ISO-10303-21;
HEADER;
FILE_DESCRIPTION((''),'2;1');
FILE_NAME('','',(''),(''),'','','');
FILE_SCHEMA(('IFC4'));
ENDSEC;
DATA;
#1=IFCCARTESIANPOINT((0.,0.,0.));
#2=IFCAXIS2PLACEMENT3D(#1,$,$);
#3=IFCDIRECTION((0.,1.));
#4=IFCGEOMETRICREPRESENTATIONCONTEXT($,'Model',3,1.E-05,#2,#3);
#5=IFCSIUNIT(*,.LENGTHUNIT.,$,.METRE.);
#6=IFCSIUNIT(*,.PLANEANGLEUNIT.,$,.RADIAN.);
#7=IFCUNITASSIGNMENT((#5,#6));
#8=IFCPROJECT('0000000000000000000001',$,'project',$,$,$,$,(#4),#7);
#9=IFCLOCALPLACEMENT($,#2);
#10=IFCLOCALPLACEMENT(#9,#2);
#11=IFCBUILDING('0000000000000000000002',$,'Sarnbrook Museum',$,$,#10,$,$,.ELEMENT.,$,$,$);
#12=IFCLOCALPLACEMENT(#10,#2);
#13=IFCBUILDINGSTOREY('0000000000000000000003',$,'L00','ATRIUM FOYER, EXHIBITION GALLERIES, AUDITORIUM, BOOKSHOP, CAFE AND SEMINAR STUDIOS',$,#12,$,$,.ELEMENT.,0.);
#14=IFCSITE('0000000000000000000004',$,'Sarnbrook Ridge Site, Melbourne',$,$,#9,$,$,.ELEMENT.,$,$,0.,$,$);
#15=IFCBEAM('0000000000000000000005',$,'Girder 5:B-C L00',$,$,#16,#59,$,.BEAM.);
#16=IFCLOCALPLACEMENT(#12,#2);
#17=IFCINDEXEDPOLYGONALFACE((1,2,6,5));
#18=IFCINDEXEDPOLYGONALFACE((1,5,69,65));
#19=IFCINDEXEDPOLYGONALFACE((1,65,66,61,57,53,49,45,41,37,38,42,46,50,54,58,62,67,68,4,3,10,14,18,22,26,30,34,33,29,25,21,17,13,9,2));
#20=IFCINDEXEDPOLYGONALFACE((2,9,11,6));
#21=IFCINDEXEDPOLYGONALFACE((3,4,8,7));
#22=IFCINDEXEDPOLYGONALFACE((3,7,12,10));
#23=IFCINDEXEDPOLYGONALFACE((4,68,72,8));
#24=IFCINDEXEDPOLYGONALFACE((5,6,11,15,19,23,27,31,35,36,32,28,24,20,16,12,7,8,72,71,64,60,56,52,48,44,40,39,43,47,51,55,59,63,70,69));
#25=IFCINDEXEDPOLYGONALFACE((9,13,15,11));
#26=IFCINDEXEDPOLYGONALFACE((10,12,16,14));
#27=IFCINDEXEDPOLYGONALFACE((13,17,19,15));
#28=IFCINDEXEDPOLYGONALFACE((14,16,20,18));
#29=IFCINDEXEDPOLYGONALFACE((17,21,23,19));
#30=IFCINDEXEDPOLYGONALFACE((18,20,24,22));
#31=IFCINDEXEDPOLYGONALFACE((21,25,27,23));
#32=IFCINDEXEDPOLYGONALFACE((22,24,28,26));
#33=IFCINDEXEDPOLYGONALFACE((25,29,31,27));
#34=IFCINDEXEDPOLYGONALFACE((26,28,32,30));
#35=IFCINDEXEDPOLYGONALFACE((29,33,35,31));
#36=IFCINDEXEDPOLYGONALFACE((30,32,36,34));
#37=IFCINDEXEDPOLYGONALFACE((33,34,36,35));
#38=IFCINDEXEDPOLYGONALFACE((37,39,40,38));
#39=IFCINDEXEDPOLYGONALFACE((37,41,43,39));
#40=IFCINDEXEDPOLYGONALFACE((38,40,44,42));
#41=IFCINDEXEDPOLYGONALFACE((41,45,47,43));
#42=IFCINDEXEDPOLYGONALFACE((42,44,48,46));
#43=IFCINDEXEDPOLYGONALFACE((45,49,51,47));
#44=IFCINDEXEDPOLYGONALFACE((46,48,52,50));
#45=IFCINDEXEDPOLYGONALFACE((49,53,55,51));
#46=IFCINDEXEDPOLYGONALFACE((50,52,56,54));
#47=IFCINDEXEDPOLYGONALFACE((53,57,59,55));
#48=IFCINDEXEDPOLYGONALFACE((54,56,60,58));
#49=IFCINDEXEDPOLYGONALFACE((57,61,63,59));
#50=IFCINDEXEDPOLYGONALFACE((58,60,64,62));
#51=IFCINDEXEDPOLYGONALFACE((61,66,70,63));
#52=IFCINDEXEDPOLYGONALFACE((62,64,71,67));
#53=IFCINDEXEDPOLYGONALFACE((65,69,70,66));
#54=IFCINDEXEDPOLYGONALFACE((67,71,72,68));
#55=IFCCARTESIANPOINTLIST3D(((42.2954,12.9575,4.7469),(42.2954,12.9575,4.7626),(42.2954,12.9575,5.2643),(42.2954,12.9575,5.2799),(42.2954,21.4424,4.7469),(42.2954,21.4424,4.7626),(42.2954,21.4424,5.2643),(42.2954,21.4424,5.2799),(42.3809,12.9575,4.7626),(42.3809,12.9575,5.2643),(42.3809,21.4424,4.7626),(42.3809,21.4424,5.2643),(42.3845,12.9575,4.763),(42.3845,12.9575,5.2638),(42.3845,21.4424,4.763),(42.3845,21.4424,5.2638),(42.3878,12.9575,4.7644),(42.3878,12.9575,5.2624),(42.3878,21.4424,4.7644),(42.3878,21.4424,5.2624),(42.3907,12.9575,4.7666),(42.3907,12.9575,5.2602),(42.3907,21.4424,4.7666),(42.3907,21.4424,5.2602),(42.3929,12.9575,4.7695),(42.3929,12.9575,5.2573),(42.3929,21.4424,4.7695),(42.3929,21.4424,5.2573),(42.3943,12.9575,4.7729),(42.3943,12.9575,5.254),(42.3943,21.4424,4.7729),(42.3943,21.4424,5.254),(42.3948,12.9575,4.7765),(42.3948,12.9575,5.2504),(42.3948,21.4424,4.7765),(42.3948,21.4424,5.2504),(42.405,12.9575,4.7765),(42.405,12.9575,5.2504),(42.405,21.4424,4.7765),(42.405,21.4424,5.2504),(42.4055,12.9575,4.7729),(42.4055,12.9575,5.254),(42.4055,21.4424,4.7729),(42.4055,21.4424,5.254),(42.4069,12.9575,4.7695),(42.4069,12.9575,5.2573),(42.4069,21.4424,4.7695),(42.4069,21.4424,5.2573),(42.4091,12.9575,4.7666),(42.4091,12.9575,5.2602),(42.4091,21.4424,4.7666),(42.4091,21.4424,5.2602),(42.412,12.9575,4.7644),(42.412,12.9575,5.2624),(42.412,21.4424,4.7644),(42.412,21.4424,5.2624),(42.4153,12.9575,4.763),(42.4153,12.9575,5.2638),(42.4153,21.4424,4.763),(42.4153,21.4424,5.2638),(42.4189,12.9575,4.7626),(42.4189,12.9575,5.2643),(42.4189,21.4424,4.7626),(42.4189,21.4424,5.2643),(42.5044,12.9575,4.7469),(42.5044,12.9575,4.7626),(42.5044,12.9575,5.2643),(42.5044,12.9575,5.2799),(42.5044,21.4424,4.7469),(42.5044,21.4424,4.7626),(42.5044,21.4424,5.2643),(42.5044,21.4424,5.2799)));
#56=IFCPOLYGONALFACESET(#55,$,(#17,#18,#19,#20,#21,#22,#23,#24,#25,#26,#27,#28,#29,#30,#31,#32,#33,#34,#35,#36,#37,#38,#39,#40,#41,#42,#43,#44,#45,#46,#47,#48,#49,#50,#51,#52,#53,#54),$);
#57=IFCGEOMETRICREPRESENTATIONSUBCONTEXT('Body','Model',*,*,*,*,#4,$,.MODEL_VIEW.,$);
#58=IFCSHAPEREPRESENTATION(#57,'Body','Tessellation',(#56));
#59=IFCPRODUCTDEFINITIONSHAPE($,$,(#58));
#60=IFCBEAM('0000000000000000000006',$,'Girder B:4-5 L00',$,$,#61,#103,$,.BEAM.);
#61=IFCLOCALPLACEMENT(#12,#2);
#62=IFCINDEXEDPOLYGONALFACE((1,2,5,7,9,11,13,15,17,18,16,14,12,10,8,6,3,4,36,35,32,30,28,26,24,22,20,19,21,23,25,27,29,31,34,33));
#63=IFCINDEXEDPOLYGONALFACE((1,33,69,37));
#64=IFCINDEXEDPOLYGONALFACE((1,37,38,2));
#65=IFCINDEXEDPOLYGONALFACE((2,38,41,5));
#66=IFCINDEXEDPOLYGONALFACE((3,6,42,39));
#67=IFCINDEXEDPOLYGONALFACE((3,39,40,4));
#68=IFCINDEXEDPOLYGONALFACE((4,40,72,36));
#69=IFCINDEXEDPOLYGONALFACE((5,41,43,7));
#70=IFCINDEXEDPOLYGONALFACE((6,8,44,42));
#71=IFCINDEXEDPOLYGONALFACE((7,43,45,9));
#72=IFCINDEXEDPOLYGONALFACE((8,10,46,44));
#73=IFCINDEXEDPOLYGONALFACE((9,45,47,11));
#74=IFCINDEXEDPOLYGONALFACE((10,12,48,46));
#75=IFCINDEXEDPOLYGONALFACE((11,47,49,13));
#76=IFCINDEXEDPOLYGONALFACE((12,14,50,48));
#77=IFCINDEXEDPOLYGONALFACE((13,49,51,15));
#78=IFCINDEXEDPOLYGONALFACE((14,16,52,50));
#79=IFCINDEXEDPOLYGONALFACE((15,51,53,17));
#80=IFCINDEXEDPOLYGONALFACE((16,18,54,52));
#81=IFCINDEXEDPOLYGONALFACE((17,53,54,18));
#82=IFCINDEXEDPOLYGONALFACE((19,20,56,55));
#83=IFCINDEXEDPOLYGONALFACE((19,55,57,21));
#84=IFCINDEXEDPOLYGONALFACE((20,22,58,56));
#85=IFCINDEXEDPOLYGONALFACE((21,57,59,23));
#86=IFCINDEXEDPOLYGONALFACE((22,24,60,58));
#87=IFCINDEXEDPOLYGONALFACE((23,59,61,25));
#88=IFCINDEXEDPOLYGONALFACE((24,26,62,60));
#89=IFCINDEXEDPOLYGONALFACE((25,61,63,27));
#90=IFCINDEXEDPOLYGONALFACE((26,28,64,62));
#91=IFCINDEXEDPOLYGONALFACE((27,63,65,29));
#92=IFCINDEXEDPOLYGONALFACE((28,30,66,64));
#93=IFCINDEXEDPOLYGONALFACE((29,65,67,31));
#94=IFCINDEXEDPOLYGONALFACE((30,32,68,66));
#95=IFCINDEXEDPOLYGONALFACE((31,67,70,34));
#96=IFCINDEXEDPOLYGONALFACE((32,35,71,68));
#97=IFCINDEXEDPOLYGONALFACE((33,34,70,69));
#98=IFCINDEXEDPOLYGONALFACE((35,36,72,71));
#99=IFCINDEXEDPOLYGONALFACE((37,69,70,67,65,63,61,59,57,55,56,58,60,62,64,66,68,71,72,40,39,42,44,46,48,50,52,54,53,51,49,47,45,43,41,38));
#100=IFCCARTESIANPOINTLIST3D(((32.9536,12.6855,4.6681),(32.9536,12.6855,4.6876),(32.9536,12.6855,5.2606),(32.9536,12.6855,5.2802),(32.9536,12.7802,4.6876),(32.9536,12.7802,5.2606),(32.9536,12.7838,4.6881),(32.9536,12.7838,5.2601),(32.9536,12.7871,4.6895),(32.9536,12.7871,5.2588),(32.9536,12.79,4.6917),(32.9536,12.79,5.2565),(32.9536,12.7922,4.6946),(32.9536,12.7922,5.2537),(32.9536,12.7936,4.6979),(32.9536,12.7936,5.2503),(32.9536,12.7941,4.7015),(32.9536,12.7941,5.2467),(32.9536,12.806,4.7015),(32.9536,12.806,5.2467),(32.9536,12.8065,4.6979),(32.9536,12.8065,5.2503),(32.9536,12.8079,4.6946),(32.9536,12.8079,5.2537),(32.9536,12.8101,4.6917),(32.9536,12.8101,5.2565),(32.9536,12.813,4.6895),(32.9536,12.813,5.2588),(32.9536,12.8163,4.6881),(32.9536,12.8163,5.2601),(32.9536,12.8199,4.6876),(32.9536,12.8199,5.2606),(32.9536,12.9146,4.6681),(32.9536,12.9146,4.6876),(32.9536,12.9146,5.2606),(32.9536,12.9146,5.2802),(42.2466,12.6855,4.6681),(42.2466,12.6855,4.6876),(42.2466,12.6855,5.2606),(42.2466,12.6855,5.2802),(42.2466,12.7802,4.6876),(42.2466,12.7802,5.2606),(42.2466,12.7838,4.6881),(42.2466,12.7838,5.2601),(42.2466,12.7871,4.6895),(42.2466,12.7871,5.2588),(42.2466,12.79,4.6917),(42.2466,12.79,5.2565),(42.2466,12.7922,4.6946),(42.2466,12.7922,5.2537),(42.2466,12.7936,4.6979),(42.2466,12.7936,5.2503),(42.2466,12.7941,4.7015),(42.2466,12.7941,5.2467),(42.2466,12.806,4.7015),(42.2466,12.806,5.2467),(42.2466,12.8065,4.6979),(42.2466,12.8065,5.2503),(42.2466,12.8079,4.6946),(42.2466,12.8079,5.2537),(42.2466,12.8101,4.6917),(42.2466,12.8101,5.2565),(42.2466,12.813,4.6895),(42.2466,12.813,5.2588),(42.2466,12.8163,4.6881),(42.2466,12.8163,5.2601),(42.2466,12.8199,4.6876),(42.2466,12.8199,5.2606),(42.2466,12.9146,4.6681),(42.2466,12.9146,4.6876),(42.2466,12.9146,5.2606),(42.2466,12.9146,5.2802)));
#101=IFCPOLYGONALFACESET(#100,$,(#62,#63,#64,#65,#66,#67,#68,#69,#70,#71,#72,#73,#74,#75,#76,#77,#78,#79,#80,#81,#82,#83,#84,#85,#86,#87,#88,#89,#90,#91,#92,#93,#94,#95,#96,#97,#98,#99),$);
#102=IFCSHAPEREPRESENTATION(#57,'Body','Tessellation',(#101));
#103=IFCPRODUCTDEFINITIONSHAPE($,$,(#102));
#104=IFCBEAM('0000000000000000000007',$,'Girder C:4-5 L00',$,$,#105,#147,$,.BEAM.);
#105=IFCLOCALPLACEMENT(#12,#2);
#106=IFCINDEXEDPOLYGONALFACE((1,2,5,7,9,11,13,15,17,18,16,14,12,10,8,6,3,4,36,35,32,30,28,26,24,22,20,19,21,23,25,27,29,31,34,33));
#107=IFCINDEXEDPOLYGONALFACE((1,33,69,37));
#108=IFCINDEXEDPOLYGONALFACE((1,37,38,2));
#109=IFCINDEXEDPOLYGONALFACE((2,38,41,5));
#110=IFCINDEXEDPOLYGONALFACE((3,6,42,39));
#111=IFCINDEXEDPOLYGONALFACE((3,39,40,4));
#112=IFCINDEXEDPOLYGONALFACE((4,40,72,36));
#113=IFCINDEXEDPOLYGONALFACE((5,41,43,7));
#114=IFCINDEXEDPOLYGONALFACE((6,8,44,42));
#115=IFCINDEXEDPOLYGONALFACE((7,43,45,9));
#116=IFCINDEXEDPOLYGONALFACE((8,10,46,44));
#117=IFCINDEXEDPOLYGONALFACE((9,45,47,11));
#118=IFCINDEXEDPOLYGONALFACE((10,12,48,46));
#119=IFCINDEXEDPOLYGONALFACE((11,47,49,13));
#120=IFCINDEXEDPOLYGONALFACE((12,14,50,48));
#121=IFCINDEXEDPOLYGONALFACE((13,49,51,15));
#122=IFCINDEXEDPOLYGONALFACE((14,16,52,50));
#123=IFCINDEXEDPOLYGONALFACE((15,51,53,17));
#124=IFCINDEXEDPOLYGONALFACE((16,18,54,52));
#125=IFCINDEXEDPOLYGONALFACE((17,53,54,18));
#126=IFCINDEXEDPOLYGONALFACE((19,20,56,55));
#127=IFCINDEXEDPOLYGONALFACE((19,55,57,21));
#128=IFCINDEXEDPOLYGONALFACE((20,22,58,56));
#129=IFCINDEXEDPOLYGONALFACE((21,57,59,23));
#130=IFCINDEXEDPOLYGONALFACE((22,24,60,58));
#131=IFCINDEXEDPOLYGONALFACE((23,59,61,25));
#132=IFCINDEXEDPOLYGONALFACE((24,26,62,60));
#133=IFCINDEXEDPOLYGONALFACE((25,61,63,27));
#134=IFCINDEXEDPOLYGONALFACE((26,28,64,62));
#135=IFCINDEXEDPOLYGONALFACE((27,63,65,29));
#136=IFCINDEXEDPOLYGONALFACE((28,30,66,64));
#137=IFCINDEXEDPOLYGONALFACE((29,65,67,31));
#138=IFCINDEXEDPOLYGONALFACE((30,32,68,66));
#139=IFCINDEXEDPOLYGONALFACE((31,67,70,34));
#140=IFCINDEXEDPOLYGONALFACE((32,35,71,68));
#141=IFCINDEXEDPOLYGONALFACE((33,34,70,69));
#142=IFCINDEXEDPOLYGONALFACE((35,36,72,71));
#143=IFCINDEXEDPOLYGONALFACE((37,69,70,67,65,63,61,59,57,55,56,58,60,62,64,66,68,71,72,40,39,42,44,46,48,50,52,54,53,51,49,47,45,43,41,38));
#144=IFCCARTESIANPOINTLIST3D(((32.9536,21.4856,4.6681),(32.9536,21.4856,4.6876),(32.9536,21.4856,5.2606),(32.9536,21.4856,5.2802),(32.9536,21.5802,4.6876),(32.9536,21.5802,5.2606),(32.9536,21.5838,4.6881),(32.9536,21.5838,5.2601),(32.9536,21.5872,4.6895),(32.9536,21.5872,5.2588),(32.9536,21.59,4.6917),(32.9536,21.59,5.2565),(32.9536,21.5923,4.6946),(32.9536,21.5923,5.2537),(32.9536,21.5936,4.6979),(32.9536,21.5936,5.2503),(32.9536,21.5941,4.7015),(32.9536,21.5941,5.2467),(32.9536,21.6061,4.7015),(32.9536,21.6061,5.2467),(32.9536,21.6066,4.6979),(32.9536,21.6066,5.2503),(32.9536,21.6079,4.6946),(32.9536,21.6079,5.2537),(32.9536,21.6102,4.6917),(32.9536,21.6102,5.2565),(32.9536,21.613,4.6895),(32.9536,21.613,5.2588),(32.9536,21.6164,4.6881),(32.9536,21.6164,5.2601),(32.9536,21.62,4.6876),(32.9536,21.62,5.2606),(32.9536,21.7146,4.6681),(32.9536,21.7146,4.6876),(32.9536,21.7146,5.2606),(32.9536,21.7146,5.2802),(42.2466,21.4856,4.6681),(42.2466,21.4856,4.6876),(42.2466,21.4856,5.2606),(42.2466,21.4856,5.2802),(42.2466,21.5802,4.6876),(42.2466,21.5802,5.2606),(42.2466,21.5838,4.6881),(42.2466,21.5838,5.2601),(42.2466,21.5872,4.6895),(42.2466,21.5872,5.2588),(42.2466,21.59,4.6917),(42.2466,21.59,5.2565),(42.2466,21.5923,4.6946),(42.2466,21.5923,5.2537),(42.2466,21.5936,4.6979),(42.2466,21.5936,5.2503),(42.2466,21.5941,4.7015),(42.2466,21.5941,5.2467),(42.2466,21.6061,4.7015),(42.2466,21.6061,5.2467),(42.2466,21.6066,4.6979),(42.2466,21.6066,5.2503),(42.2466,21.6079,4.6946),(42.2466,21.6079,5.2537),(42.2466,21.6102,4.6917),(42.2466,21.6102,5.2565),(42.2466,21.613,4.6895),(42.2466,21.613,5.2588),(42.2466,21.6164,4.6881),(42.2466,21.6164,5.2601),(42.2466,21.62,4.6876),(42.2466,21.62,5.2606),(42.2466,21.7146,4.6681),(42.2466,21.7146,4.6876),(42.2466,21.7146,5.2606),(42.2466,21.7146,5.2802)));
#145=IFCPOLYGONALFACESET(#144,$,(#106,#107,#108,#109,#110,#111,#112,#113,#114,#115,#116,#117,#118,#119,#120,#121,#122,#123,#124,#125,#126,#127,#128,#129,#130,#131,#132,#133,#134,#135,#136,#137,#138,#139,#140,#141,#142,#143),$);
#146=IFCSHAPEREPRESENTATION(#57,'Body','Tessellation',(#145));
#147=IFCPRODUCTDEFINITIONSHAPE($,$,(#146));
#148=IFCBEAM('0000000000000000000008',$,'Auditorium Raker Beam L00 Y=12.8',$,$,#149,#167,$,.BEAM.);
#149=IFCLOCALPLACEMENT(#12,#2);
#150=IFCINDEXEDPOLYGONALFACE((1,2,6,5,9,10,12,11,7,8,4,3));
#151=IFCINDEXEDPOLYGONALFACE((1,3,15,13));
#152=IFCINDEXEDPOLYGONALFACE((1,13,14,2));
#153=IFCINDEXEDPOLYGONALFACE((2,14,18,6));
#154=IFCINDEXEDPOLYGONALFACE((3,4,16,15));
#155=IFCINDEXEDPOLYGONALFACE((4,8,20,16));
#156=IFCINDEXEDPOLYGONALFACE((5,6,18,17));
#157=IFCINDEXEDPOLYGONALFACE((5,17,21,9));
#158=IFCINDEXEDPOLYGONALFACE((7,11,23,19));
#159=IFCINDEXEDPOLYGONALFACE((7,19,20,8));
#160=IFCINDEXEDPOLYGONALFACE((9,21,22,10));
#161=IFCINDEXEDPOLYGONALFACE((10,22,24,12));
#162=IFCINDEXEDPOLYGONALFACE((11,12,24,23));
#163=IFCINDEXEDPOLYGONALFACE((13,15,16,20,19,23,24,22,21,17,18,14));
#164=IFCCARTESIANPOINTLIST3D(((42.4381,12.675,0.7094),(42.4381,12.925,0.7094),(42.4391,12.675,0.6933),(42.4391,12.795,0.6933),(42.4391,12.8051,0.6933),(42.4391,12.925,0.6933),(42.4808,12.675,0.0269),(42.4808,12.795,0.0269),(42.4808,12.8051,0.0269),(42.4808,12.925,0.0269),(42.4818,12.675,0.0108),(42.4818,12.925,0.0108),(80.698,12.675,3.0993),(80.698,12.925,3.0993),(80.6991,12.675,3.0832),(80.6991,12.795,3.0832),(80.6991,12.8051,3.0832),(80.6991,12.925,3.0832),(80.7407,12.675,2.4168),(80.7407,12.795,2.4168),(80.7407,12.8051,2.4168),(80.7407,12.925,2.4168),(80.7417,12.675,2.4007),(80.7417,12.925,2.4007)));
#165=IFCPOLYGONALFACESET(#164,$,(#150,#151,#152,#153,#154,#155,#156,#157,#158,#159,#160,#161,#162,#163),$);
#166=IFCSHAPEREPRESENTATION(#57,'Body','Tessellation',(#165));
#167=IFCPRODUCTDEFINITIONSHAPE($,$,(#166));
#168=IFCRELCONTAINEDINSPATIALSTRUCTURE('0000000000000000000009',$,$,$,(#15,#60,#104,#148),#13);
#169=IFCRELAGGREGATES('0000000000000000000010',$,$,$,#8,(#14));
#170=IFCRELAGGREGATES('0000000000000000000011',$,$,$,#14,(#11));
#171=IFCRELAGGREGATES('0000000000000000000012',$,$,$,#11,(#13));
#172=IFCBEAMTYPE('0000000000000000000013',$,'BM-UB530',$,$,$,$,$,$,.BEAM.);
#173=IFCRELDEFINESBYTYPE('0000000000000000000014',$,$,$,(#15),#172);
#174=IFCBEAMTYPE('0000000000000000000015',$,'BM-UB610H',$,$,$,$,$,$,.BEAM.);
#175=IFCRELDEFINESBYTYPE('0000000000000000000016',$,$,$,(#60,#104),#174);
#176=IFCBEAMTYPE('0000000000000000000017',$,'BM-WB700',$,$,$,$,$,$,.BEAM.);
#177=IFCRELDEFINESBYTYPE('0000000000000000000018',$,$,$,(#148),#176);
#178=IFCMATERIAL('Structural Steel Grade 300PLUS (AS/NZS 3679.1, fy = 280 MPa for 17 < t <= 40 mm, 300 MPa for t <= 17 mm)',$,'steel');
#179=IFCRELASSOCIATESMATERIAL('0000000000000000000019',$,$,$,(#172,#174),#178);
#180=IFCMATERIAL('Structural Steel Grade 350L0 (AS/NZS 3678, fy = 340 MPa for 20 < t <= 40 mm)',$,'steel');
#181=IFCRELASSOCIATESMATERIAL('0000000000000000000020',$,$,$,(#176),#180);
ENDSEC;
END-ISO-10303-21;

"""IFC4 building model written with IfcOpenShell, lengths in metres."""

from ifc_helpers import new_model, si_unit, direction, frame, origin, origin_2d, place, context, subcontext, project, spatial, i_section, extrude, material, material_profile, profile_set, type_object, element, save


model = new_model("IFC4")

# Units and contexts
model_context = context("Model", 3, precision=1e-05, world=origin(), true_north=direction((0.0, 1.0)))
body_context = subcontext(model_context, "Body", "Model", "MODEL_VIEW")
ifc_project = project(units=[si_unit("LENGTHUNIT", "METRE"), si_unit("PLANEANGLEUNIT", "RADIAN")], contexts=[model_context])

# Site, building, storey
site_placement = place(None, origin())
site = spatial("IfcSite", under=ifc_project, at=site_placement, Name="Sarnbrook Ridge Site, Melbourne", CompositionType="ELEMENT", RefElevation=0.0)
building_placement = place(site_placement, origin())
building = spatial("IfcBuilding", under=site, at=building_placement, Name="Sarnbrook Museum", CompositionType="ELEMENT")
storey_placement = place(building_placement, origin())
storey = spatial("IfcBuildingStorey", under=building, at=storey_placement, Name="L00", Description="ATRIUM FOYER, EXHIBITION GALLERIES, AUDITORIUM, BOOKSHOP, CAFE AND SEMINAR STUDIOS", CompositionType="ELEMENT", Elevation=0.0)

# Shared definitions
ifc_material_1 = material(Name="Structural Steel Grade 300PLUS (AS/NZS 3679.1, fy = 280 MPa for 17 < t <= 40 mm, 300 MPa for t <= 17 mm)", Category="steel")

# Beams
ifc_material_profile_1 = material_profile(ifc_material_1, i_section(OverallWidth=0.209, OverallDepth=0.533, WebThickness=0.0103, FlangeThickness=0.0156, FilletRadius=0.0139, at=origin_2d()), Name="530UB92.4")
ifc_profile_set_1 = profile_set([ifc_material_profile_1], Name="Structural Steel Grade 300PLUS (AS/NZS 3679.1, fy = 280 MPa for 17 < t <= 40 mm, 300 MPa for t <= 17 mm)")
beam_type_1 = type_object("IfcBeamType", Name="BM-UB530", PredefinedType="BEAM", material=ifc_profile_set_1)
beam_1_placement = place(storey_placement, frame((42.3999, 12.9575, 5.0134), z_axis=(0.0, 1.0, 0.0), x_axis=(-1.0, 0.0, 0.0)))
element("IfcBeam", 1, at=beam_1_placement, inside=storey, type_object=beam_type_1, Name="Girder 5:B-C L00", PredefinedType="BEAM", context=body_context, shape_type="SweptSolid", body=[
    extrude(i_section(OverallWidth=0.209, OverallDepth=0.533, WebThickness=0.0103, FlangeThickness=0.0156, FilletRadius=0.0139, at=origin_2d()), origin(), (0.0, 0.0, 1.0), 8.4849),
])
ifc_material_profile_2 = material_profile(ifc_material_1, i_section(OverallWidth=0.229, OverallDepth=0.6121, WebThickness=0.012, FlangeThickness=0.0195, FilletRadius=0.0139, at=origin_2d()), Name="610UB125")
ifc_profile_set_2 = profile_set([ifc_material_profile_2], Name="Structural Steel Grade 300PLUS (AS/NZS 3679.1, fy = 280 MPa for 17 < t <= 40 mm, 300 MPa for t <= 17 mm)")
beam_type_2 = type_object("IfcBeamType", Name="BM-UB610H", PredefinedType="BEAM", material=ifc_profile_set_2)
for number, where, z_axis, x_axis, name in (
    (2, (32.9536, 12.8, 4.9741), (1.0, 0.0, 0.0), (0.0, 1.0, 0.0), "Girder B:4-5 L00"),
    (3, (32.9536, 21.6001, 4.9741), (1.0, 0.0, 0.0), (0.0, 1.0, 0.0), "Girder C:4-5 L00"),
):
    element("IfcBeam", number, at=place(storey_placement, frame(where, z_axis=z_axis, x_axis=x_axis)), inside=storey, type_object=beam_type_2, Name=name, PredefinedType="BEAM", context=body_context, shape_type="SweptSolid", body=[
        extrude(i_section(OverallWidth=0.229, OverallDepth=0.6121, WebThickness=0.012, FlangeThickness=0.0195, FilletRadius=0.0139, at=origin_2d()), origin(), (0.0, 0.0, 1.0), 9.293),
    ])
ifc_material_2 = material(Name="Structural Steel Grade 350L0 (AS/NZS 3678, fy = 340 MPa for 20 < t <= 40 mm)", Category="steel")
ifc_material_profile_3 = material_profile(ifc_material_2, i_section(OverallWidth=0.25, OverallDepth=0.7, WebThickness=0.01, FlangeThickness=0.0161, at=origin_2d()), Name="700WB130")
ifc_profile_set_3 = profile_set([ifc_material_profile_3], Name="Structural Steel Grade 350L0 (AS/NZS 3678, fy = 340 MPa for 20 < t <= 40 mm)")
beam_type_3 = type_object("IfcBeamType", Name="BM-WB700", PredefinedType="BEAM", material=ifc_profile_set_3)
beam_2_placement = place(storey_placement, frame((42.46, 12.8, 0.3601), z_axis=(0.998055, 0.0, 0.062343), x_axis=(0.0, 1.0, 0.0)))
element("IfcBeam", 4, at=beam_2_placement, inside=storey, type_object=beam_type_3, Name="Auditorium Raker Beam L00 Y=12.8", PredefinedType="BEAM", context=body_context, shape_type="SweptSolid", body=[
    extrude(i_section(OverallWidth=0.25, OverallDepth=0.7, WebThickness=0.01, FlangeThickness=0.0161, at=origin_2d()), origin(), (0.0, 0.0, 1.0), 38.3345),
])

save(model, "model.ifc")
